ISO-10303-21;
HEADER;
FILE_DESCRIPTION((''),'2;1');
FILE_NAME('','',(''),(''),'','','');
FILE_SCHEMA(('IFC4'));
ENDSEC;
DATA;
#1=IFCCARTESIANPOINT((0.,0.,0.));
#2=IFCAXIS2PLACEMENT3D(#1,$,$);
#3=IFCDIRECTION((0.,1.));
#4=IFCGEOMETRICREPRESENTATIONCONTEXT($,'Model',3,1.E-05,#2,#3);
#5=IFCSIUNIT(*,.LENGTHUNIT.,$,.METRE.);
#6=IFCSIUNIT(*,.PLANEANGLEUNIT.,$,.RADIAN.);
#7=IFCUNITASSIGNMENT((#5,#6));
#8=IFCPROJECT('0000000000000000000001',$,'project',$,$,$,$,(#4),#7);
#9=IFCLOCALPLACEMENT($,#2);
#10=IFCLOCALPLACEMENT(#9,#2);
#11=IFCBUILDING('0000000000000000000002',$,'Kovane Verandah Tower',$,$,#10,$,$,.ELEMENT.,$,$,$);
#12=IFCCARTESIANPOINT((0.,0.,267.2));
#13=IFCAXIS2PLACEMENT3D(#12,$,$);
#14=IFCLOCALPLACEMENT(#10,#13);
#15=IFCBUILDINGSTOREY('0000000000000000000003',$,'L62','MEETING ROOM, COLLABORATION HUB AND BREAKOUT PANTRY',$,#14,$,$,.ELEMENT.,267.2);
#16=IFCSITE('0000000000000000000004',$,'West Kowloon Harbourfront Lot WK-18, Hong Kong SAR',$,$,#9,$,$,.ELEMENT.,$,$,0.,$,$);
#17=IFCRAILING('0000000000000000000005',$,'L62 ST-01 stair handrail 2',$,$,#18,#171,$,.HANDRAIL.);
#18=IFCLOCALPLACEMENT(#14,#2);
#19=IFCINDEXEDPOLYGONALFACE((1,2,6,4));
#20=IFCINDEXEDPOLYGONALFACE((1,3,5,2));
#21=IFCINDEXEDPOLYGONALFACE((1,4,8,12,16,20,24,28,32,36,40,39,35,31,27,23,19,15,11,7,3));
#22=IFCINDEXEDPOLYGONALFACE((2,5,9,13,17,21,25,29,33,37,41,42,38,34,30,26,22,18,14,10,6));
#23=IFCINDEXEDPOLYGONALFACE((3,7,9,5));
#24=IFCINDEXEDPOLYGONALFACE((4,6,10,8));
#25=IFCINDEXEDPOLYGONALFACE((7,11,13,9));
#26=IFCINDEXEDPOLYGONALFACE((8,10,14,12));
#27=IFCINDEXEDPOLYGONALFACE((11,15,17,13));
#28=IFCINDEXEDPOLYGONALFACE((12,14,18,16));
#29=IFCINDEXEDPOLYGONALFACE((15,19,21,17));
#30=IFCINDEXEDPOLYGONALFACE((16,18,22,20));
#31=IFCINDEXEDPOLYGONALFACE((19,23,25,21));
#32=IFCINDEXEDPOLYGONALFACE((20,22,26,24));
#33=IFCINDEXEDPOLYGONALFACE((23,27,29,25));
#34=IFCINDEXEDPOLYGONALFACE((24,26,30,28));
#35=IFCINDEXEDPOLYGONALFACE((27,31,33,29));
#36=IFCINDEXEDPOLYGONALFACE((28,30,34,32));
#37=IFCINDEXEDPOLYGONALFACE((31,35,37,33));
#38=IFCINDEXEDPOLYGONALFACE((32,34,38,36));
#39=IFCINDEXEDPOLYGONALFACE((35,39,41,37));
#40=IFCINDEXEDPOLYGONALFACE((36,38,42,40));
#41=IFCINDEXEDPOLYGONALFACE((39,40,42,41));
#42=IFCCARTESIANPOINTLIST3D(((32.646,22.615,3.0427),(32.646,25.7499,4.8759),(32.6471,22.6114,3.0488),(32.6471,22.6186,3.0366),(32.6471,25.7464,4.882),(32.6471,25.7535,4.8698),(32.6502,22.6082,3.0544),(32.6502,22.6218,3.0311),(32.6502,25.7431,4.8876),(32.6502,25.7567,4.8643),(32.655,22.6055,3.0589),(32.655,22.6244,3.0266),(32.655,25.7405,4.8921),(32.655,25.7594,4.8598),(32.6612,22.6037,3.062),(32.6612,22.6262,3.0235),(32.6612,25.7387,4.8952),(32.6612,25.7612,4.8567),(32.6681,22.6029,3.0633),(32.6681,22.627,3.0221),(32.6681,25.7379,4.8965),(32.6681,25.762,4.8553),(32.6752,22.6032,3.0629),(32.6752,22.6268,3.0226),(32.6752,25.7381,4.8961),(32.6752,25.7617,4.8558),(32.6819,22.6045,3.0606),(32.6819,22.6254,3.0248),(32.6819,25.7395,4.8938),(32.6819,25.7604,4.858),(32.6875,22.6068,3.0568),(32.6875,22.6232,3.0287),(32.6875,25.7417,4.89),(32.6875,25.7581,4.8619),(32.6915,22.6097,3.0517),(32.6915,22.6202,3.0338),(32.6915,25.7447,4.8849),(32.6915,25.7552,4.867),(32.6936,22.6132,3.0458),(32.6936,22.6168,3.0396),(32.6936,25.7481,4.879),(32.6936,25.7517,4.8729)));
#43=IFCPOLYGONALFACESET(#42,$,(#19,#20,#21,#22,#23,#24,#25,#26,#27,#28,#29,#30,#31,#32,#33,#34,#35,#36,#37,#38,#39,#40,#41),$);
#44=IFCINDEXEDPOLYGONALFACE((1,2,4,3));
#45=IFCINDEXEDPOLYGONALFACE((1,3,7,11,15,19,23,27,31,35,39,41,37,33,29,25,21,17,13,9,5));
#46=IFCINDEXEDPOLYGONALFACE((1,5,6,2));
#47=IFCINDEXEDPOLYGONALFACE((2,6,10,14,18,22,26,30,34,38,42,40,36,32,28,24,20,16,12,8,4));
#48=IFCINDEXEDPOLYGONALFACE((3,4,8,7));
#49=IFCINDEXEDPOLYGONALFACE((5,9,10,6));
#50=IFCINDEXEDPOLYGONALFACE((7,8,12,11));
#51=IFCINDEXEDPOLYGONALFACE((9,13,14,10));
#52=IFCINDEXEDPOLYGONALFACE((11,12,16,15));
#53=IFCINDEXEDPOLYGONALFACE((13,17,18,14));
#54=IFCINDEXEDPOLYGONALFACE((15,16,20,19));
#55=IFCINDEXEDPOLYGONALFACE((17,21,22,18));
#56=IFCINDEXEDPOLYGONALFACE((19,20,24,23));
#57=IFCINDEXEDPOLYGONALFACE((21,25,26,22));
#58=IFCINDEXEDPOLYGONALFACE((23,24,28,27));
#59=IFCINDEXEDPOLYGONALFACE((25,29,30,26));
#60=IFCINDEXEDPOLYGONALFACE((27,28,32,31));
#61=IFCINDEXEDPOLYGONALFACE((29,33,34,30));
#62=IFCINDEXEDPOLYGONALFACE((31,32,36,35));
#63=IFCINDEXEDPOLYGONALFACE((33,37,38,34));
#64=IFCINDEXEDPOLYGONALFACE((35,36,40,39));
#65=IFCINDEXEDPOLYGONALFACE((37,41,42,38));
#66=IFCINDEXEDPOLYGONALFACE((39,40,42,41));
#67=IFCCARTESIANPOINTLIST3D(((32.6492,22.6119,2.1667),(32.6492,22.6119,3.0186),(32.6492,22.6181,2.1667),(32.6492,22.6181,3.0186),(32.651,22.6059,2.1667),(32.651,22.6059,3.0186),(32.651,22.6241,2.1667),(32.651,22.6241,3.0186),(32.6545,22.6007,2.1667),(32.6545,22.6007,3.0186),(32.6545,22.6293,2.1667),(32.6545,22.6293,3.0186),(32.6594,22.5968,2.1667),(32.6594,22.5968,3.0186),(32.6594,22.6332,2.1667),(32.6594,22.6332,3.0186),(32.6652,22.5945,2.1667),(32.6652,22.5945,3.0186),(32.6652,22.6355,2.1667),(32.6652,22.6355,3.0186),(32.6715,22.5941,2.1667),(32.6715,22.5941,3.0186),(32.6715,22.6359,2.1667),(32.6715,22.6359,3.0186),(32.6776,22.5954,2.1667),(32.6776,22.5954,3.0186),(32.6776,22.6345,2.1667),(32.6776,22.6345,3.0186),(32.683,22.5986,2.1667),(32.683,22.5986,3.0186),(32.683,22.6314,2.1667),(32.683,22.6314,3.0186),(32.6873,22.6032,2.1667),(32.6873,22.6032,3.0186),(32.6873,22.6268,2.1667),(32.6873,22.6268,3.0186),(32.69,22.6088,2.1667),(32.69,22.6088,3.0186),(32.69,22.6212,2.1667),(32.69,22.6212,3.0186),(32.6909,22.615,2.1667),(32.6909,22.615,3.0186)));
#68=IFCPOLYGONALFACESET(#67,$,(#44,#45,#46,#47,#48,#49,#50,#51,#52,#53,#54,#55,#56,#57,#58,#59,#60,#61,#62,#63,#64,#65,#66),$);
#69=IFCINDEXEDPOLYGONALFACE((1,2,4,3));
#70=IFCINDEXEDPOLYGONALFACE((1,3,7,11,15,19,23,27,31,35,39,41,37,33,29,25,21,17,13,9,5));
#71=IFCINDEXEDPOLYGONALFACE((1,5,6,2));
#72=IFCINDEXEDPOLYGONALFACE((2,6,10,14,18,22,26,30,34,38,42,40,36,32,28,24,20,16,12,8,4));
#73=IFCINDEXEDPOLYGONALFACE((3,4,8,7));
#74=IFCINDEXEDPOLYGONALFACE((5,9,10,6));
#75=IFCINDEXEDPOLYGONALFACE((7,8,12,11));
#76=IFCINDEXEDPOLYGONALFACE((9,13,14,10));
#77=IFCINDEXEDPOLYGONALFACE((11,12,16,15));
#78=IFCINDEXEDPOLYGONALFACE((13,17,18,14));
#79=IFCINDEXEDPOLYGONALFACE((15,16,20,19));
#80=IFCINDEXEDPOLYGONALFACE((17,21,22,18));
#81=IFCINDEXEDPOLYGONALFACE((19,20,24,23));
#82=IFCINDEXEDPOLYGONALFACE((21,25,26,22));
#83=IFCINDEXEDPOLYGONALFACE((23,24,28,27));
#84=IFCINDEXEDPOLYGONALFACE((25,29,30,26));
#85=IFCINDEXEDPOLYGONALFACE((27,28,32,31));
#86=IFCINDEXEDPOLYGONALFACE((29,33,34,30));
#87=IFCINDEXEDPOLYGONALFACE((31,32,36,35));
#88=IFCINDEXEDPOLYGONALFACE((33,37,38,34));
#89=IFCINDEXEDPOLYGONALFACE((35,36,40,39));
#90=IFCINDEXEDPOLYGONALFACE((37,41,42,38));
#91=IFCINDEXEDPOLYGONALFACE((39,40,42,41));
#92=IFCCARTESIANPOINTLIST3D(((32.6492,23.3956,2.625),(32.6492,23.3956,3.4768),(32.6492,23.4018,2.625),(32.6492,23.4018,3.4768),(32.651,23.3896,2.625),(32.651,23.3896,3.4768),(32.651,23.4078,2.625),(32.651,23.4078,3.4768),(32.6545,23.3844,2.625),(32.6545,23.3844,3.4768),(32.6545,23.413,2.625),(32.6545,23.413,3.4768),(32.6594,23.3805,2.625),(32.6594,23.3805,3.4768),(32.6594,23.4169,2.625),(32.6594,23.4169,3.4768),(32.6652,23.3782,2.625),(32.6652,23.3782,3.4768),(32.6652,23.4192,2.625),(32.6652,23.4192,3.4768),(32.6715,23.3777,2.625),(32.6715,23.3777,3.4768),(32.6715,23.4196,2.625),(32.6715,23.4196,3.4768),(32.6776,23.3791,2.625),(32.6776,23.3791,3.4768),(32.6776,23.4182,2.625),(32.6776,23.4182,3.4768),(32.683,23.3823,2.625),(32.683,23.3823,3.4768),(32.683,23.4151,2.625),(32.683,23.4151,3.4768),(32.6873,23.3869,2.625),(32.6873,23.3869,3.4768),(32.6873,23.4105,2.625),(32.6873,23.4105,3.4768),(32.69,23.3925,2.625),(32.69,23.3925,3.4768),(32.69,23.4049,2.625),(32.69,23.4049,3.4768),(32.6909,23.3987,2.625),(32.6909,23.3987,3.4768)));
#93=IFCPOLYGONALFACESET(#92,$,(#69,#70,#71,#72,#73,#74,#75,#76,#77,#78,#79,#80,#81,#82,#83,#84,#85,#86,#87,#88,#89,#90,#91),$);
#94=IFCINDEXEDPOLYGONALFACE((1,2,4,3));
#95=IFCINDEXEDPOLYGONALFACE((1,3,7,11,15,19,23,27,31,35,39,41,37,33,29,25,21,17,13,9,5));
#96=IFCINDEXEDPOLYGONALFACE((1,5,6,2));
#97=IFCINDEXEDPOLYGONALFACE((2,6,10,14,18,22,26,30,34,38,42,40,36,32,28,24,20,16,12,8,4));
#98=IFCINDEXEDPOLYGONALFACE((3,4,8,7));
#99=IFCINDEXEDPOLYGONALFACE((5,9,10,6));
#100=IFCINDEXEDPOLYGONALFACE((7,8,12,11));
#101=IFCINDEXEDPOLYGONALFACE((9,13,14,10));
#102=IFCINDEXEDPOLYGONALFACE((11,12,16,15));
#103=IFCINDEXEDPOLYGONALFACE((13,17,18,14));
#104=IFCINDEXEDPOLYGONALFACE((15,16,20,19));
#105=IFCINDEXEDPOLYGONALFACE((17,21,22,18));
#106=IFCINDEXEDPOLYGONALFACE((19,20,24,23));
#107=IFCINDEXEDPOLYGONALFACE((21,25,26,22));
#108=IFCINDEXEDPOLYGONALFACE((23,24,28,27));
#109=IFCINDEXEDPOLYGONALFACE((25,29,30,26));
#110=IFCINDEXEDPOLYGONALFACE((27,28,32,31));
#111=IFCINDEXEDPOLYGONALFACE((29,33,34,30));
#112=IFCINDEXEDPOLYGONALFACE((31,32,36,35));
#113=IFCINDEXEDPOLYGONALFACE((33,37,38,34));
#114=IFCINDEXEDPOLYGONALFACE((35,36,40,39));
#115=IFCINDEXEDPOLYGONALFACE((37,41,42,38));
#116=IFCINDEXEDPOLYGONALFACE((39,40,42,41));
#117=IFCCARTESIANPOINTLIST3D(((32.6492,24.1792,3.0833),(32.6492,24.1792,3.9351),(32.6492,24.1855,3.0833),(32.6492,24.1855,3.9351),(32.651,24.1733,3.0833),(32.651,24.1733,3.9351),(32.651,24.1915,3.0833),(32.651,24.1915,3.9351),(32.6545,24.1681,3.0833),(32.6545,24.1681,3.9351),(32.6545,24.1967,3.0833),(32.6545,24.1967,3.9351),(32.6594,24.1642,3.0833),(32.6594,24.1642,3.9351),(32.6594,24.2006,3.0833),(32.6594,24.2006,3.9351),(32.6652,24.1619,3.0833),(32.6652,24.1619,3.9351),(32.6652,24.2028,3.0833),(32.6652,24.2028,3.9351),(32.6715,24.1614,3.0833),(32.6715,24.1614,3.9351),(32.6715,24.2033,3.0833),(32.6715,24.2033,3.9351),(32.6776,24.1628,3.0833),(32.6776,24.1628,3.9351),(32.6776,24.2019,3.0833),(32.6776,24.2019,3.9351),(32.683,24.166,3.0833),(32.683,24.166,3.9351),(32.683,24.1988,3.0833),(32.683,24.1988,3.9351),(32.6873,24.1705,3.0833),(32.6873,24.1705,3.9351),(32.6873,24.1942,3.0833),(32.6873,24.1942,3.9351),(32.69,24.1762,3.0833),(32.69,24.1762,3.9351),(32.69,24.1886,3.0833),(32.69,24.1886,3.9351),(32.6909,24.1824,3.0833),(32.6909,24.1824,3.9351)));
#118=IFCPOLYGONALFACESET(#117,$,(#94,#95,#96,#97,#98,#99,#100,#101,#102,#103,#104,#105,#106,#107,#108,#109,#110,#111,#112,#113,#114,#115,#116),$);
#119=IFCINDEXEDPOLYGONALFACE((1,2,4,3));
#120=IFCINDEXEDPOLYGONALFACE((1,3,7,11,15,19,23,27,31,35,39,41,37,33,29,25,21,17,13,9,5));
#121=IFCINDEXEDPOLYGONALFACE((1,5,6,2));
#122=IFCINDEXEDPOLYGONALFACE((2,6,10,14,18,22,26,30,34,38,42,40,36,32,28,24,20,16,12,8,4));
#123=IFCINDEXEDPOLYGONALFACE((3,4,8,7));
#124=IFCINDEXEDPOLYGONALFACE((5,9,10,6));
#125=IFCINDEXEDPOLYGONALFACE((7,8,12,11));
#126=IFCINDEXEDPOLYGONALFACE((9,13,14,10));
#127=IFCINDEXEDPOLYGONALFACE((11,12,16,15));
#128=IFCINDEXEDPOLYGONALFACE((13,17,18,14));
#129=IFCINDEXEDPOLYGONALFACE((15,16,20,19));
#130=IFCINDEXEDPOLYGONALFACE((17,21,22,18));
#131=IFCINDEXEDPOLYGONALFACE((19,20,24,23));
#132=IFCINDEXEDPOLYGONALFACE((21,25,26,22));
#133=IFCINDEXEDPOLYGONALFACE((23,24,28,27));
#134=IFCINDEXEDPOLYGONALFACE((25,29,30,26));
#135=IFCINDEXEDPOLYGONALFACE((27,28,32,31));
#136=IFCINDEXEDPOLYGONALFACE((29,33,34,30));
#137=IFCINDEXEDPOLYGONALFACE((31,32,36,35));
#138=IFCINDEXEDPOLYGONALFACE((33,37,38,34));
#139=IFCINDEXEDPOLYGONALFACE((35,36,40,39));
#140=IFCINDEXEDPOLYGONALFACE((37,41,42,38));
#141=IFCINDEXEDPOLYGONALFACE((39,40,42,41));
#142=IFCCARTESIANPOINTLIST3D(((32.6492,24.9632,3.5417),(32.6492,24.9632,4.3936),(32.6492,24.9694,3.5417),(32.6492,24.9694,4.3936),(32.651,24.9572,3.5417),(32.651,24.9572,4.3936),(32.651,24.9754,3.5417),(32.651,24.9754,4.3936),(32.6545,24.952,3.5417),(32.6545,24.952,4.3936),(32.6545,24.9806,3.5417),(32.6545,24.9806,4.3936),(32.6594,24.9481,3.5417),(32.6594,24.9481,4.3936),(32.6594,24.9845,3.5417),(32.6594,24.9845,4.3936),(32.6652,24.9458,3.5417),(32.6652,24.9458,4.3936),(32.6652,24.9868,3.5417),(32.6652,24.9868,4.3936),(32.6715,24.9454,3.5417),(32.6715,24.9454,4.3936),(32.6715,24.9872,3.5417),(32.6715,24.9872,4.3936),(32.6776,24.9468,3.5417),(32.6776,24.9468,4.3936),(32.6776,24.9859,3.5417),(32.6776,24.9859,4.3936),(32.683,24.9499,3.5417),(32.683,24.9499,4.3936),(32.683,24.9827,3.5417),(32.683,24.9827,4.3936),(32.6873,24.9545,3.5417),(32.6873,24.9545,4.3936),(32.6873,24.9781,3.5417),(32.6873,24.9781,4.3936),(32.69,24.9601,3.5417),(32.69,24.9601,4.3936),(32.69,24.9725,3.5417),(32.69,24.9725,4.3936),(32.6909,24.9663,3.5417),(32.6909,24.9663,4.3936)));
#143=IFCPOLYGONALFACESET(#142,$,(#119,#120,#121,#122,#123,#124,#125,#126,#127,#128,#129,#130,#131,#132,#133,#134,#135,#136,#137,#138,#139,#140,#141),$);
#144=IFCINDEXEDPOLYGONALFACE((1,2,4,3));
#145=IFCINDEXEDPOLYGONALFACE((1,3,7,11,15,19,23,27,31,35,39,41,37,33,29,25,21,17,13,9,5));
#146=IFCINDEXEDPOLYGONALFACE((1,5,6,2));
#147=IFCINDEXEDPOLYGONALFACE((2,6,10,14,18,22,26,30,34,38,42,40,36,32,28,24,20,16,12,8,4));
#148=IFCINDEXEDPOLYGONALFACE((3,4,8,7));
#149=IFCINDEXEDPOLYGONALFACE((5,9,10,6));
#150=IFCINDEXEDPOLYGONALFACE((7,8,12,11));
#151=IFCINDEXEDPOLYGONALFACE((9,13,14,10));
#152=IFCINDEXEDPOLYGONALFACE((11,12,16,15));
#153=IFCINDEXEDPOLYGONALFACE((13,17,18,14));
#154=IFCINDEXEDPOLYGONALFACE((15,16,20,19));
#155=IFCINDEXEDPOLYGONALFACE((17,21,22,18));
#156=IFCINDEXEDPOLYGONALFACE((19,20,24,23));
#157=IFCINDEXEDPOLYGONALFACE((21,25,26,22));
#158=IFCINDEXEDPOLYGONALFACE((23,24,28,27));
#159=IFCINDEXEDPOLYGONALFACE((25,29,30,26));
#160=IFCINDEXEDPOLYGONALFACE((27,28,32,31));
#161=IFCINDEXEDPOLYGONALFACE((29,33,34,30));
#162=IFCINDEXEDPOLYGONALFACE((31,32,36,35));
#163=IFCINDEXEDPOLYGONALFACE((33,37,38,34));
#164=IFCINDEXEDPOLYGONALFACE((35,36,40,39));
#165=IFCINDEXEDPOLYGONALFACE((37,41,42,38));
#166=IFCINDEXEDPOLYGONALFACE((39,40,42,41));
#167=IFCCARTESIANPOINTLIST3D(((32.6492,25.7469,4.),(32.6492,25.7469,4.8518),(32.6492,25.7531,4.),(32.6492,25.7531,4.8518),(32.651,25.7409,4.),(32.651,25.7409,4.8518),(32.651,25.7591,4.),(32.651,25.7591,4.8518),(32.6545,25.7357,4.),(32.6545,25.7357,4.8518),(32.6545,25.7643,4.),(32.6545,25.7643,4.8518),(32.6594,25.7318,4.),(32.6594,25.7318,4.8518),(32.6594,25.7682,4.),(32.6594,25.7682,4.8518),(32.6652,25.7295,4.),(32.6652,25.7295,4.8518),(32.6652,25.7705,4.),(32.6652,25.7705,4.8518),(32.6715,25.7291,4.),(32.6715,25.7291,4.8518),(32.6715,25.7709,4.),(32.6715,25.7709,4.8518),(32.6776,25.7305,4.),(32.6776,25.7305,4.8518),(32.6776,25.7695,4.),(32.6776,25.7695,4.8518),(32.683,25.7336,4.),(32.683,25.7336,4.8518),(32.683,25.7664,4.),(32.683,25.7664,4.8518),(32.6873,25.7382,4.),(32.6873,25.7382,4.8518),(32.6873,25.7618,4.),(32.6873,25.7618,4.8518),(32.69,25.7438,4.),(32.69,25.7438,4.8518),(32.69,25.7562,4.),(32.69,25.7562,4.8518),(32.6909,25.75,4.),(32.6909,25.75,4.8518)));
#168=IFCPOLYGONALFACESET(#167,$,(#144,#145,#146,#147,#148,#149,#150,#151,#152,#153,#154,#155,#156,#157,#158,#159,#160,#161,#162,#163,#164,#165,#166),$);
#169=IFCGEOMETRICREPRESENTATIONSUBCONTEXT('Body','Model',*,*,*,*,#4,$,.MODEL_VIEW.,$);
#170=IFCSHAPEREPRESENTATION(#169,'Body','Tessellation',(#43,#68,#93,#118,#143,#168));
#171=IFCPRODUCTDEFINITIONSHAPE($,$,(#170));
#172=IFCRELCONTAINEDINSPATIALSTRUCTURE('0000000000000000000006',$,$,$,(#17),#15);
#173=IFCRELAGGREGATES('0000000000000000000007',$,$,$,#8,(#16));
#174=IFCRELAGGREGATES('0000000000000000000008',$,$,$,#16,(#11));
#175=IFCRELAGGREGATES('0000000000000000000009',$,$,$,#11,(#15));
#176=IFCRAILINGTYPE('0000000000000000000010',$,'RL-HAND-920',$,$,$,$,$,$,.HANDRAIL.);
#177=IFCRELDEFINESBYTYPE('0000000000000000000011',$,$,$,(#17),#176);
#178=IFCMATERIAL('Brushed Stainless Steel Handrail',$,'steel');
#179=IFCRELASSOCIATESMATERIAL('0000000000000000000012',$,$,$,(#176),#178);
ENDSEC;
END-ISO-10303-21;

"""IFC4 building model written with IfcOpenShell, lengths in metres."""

from ifc_helpers import new_model, si_unit, direction, frame, origin, origin_2d, place, context, subcontext, project, spatial, circle, extrude, material, type_object, element, save


model = new_model("IFC4")

# Units and contexts
model_context = context("Model", 3, precision=1e-05, world=origin(), true_north=direction((0.0, 1.0)))
body_context = subcontext(model_context, "Body", "Model", "MODEL_VIEW")
ifc_project = project(units=[si_unit("LENGTHUNIT", "METRE"), si_unit("PLANEANGLEUNIT", "RADIAN")], contexts=[model_context])

# Site, building, storey
site_placement = place(None, origin())
site = spatial("IfcSite", under=ifc_project, at=site_placement, Name="West Kowloon Harbourfront Lot WK-18, Hong Kong SAR", CompositionType="ELEMENT", RefElevation=0.0)
building_placement = place(site_placement, origin())
building = spatial("IfcBuilding", under=site, at=building_placement, Name="Kovane Verandah Tower", CompositionType="ELEMENT")
storey_placement = place(building_placement, frame((0.0, 0.0, 267.2)))
storey = spatial("IfcBuildingStorey", under=building, at=storey_placement, Name="L62", Description="MEETING ROOM, COLLABORATION HUB AND BREAKOUT PANTRY", CompositionType="ELEMENT", Elevation=267.2)

# Railing
ifc_material_1 = material(Name="Brushed Stainless Steel Handrail", Category="steel")
railing_type_1 = type_object("IfcRailingType", Name="RL-HAND-920", PredefinedType="HANDRAIL", material=ifc_material_1)
railing_1_placement = place(storey_placement, frame((32.6699, 22.615, 2.1667)))
element("IfcRailing", 1, at=railing_1_placement, inside=storey, type_object=railing_type_1, Name="L62 ST-01 stair handrail 2", PredefinedType="HANDRAIL", context=body_context, shape_type="SweptSolid", body=[
    extrude(circle(Radius=0.0239, at=origin_2d()), frame((0.0, 0.0, 0.876), z_axis=(0.0, 0.86324, 0.504794), x_axis=(-1.0, 0.0, 0.0)), (0.0, 0.0, 1.0), 3.6316),
    extrude(circle(Radius=0.021, at=origin_2d()), origin(), (0.0, 0.0, 1.0), 0.8518),
    extrude(circle(Radius=0.021, at=origin_2d()), frame((0.0, 0.7837, 0.4583)), (0.0, 0.0, 1.0), 0.8518),
    extrude(circle(Radius=0.021, at=origin_2d()), frame((0.0, 1.5674, 0.9165)), (0.0, 0.0, 1.0), 0.8518),
    extrude(circle(Radius=0.021, at=origin_2d()), frame((0.0, 2.3513, 1.375)), (0.0, 0.0, 1.0), 0.8518),
    extrude(circle(Radius=0.021, at=origin_2d()), frame((0.0, 3.135, 1.8333)), (0.0, 0.0, 1.0), 0.8518),
])

save(model, "model.ifc")
